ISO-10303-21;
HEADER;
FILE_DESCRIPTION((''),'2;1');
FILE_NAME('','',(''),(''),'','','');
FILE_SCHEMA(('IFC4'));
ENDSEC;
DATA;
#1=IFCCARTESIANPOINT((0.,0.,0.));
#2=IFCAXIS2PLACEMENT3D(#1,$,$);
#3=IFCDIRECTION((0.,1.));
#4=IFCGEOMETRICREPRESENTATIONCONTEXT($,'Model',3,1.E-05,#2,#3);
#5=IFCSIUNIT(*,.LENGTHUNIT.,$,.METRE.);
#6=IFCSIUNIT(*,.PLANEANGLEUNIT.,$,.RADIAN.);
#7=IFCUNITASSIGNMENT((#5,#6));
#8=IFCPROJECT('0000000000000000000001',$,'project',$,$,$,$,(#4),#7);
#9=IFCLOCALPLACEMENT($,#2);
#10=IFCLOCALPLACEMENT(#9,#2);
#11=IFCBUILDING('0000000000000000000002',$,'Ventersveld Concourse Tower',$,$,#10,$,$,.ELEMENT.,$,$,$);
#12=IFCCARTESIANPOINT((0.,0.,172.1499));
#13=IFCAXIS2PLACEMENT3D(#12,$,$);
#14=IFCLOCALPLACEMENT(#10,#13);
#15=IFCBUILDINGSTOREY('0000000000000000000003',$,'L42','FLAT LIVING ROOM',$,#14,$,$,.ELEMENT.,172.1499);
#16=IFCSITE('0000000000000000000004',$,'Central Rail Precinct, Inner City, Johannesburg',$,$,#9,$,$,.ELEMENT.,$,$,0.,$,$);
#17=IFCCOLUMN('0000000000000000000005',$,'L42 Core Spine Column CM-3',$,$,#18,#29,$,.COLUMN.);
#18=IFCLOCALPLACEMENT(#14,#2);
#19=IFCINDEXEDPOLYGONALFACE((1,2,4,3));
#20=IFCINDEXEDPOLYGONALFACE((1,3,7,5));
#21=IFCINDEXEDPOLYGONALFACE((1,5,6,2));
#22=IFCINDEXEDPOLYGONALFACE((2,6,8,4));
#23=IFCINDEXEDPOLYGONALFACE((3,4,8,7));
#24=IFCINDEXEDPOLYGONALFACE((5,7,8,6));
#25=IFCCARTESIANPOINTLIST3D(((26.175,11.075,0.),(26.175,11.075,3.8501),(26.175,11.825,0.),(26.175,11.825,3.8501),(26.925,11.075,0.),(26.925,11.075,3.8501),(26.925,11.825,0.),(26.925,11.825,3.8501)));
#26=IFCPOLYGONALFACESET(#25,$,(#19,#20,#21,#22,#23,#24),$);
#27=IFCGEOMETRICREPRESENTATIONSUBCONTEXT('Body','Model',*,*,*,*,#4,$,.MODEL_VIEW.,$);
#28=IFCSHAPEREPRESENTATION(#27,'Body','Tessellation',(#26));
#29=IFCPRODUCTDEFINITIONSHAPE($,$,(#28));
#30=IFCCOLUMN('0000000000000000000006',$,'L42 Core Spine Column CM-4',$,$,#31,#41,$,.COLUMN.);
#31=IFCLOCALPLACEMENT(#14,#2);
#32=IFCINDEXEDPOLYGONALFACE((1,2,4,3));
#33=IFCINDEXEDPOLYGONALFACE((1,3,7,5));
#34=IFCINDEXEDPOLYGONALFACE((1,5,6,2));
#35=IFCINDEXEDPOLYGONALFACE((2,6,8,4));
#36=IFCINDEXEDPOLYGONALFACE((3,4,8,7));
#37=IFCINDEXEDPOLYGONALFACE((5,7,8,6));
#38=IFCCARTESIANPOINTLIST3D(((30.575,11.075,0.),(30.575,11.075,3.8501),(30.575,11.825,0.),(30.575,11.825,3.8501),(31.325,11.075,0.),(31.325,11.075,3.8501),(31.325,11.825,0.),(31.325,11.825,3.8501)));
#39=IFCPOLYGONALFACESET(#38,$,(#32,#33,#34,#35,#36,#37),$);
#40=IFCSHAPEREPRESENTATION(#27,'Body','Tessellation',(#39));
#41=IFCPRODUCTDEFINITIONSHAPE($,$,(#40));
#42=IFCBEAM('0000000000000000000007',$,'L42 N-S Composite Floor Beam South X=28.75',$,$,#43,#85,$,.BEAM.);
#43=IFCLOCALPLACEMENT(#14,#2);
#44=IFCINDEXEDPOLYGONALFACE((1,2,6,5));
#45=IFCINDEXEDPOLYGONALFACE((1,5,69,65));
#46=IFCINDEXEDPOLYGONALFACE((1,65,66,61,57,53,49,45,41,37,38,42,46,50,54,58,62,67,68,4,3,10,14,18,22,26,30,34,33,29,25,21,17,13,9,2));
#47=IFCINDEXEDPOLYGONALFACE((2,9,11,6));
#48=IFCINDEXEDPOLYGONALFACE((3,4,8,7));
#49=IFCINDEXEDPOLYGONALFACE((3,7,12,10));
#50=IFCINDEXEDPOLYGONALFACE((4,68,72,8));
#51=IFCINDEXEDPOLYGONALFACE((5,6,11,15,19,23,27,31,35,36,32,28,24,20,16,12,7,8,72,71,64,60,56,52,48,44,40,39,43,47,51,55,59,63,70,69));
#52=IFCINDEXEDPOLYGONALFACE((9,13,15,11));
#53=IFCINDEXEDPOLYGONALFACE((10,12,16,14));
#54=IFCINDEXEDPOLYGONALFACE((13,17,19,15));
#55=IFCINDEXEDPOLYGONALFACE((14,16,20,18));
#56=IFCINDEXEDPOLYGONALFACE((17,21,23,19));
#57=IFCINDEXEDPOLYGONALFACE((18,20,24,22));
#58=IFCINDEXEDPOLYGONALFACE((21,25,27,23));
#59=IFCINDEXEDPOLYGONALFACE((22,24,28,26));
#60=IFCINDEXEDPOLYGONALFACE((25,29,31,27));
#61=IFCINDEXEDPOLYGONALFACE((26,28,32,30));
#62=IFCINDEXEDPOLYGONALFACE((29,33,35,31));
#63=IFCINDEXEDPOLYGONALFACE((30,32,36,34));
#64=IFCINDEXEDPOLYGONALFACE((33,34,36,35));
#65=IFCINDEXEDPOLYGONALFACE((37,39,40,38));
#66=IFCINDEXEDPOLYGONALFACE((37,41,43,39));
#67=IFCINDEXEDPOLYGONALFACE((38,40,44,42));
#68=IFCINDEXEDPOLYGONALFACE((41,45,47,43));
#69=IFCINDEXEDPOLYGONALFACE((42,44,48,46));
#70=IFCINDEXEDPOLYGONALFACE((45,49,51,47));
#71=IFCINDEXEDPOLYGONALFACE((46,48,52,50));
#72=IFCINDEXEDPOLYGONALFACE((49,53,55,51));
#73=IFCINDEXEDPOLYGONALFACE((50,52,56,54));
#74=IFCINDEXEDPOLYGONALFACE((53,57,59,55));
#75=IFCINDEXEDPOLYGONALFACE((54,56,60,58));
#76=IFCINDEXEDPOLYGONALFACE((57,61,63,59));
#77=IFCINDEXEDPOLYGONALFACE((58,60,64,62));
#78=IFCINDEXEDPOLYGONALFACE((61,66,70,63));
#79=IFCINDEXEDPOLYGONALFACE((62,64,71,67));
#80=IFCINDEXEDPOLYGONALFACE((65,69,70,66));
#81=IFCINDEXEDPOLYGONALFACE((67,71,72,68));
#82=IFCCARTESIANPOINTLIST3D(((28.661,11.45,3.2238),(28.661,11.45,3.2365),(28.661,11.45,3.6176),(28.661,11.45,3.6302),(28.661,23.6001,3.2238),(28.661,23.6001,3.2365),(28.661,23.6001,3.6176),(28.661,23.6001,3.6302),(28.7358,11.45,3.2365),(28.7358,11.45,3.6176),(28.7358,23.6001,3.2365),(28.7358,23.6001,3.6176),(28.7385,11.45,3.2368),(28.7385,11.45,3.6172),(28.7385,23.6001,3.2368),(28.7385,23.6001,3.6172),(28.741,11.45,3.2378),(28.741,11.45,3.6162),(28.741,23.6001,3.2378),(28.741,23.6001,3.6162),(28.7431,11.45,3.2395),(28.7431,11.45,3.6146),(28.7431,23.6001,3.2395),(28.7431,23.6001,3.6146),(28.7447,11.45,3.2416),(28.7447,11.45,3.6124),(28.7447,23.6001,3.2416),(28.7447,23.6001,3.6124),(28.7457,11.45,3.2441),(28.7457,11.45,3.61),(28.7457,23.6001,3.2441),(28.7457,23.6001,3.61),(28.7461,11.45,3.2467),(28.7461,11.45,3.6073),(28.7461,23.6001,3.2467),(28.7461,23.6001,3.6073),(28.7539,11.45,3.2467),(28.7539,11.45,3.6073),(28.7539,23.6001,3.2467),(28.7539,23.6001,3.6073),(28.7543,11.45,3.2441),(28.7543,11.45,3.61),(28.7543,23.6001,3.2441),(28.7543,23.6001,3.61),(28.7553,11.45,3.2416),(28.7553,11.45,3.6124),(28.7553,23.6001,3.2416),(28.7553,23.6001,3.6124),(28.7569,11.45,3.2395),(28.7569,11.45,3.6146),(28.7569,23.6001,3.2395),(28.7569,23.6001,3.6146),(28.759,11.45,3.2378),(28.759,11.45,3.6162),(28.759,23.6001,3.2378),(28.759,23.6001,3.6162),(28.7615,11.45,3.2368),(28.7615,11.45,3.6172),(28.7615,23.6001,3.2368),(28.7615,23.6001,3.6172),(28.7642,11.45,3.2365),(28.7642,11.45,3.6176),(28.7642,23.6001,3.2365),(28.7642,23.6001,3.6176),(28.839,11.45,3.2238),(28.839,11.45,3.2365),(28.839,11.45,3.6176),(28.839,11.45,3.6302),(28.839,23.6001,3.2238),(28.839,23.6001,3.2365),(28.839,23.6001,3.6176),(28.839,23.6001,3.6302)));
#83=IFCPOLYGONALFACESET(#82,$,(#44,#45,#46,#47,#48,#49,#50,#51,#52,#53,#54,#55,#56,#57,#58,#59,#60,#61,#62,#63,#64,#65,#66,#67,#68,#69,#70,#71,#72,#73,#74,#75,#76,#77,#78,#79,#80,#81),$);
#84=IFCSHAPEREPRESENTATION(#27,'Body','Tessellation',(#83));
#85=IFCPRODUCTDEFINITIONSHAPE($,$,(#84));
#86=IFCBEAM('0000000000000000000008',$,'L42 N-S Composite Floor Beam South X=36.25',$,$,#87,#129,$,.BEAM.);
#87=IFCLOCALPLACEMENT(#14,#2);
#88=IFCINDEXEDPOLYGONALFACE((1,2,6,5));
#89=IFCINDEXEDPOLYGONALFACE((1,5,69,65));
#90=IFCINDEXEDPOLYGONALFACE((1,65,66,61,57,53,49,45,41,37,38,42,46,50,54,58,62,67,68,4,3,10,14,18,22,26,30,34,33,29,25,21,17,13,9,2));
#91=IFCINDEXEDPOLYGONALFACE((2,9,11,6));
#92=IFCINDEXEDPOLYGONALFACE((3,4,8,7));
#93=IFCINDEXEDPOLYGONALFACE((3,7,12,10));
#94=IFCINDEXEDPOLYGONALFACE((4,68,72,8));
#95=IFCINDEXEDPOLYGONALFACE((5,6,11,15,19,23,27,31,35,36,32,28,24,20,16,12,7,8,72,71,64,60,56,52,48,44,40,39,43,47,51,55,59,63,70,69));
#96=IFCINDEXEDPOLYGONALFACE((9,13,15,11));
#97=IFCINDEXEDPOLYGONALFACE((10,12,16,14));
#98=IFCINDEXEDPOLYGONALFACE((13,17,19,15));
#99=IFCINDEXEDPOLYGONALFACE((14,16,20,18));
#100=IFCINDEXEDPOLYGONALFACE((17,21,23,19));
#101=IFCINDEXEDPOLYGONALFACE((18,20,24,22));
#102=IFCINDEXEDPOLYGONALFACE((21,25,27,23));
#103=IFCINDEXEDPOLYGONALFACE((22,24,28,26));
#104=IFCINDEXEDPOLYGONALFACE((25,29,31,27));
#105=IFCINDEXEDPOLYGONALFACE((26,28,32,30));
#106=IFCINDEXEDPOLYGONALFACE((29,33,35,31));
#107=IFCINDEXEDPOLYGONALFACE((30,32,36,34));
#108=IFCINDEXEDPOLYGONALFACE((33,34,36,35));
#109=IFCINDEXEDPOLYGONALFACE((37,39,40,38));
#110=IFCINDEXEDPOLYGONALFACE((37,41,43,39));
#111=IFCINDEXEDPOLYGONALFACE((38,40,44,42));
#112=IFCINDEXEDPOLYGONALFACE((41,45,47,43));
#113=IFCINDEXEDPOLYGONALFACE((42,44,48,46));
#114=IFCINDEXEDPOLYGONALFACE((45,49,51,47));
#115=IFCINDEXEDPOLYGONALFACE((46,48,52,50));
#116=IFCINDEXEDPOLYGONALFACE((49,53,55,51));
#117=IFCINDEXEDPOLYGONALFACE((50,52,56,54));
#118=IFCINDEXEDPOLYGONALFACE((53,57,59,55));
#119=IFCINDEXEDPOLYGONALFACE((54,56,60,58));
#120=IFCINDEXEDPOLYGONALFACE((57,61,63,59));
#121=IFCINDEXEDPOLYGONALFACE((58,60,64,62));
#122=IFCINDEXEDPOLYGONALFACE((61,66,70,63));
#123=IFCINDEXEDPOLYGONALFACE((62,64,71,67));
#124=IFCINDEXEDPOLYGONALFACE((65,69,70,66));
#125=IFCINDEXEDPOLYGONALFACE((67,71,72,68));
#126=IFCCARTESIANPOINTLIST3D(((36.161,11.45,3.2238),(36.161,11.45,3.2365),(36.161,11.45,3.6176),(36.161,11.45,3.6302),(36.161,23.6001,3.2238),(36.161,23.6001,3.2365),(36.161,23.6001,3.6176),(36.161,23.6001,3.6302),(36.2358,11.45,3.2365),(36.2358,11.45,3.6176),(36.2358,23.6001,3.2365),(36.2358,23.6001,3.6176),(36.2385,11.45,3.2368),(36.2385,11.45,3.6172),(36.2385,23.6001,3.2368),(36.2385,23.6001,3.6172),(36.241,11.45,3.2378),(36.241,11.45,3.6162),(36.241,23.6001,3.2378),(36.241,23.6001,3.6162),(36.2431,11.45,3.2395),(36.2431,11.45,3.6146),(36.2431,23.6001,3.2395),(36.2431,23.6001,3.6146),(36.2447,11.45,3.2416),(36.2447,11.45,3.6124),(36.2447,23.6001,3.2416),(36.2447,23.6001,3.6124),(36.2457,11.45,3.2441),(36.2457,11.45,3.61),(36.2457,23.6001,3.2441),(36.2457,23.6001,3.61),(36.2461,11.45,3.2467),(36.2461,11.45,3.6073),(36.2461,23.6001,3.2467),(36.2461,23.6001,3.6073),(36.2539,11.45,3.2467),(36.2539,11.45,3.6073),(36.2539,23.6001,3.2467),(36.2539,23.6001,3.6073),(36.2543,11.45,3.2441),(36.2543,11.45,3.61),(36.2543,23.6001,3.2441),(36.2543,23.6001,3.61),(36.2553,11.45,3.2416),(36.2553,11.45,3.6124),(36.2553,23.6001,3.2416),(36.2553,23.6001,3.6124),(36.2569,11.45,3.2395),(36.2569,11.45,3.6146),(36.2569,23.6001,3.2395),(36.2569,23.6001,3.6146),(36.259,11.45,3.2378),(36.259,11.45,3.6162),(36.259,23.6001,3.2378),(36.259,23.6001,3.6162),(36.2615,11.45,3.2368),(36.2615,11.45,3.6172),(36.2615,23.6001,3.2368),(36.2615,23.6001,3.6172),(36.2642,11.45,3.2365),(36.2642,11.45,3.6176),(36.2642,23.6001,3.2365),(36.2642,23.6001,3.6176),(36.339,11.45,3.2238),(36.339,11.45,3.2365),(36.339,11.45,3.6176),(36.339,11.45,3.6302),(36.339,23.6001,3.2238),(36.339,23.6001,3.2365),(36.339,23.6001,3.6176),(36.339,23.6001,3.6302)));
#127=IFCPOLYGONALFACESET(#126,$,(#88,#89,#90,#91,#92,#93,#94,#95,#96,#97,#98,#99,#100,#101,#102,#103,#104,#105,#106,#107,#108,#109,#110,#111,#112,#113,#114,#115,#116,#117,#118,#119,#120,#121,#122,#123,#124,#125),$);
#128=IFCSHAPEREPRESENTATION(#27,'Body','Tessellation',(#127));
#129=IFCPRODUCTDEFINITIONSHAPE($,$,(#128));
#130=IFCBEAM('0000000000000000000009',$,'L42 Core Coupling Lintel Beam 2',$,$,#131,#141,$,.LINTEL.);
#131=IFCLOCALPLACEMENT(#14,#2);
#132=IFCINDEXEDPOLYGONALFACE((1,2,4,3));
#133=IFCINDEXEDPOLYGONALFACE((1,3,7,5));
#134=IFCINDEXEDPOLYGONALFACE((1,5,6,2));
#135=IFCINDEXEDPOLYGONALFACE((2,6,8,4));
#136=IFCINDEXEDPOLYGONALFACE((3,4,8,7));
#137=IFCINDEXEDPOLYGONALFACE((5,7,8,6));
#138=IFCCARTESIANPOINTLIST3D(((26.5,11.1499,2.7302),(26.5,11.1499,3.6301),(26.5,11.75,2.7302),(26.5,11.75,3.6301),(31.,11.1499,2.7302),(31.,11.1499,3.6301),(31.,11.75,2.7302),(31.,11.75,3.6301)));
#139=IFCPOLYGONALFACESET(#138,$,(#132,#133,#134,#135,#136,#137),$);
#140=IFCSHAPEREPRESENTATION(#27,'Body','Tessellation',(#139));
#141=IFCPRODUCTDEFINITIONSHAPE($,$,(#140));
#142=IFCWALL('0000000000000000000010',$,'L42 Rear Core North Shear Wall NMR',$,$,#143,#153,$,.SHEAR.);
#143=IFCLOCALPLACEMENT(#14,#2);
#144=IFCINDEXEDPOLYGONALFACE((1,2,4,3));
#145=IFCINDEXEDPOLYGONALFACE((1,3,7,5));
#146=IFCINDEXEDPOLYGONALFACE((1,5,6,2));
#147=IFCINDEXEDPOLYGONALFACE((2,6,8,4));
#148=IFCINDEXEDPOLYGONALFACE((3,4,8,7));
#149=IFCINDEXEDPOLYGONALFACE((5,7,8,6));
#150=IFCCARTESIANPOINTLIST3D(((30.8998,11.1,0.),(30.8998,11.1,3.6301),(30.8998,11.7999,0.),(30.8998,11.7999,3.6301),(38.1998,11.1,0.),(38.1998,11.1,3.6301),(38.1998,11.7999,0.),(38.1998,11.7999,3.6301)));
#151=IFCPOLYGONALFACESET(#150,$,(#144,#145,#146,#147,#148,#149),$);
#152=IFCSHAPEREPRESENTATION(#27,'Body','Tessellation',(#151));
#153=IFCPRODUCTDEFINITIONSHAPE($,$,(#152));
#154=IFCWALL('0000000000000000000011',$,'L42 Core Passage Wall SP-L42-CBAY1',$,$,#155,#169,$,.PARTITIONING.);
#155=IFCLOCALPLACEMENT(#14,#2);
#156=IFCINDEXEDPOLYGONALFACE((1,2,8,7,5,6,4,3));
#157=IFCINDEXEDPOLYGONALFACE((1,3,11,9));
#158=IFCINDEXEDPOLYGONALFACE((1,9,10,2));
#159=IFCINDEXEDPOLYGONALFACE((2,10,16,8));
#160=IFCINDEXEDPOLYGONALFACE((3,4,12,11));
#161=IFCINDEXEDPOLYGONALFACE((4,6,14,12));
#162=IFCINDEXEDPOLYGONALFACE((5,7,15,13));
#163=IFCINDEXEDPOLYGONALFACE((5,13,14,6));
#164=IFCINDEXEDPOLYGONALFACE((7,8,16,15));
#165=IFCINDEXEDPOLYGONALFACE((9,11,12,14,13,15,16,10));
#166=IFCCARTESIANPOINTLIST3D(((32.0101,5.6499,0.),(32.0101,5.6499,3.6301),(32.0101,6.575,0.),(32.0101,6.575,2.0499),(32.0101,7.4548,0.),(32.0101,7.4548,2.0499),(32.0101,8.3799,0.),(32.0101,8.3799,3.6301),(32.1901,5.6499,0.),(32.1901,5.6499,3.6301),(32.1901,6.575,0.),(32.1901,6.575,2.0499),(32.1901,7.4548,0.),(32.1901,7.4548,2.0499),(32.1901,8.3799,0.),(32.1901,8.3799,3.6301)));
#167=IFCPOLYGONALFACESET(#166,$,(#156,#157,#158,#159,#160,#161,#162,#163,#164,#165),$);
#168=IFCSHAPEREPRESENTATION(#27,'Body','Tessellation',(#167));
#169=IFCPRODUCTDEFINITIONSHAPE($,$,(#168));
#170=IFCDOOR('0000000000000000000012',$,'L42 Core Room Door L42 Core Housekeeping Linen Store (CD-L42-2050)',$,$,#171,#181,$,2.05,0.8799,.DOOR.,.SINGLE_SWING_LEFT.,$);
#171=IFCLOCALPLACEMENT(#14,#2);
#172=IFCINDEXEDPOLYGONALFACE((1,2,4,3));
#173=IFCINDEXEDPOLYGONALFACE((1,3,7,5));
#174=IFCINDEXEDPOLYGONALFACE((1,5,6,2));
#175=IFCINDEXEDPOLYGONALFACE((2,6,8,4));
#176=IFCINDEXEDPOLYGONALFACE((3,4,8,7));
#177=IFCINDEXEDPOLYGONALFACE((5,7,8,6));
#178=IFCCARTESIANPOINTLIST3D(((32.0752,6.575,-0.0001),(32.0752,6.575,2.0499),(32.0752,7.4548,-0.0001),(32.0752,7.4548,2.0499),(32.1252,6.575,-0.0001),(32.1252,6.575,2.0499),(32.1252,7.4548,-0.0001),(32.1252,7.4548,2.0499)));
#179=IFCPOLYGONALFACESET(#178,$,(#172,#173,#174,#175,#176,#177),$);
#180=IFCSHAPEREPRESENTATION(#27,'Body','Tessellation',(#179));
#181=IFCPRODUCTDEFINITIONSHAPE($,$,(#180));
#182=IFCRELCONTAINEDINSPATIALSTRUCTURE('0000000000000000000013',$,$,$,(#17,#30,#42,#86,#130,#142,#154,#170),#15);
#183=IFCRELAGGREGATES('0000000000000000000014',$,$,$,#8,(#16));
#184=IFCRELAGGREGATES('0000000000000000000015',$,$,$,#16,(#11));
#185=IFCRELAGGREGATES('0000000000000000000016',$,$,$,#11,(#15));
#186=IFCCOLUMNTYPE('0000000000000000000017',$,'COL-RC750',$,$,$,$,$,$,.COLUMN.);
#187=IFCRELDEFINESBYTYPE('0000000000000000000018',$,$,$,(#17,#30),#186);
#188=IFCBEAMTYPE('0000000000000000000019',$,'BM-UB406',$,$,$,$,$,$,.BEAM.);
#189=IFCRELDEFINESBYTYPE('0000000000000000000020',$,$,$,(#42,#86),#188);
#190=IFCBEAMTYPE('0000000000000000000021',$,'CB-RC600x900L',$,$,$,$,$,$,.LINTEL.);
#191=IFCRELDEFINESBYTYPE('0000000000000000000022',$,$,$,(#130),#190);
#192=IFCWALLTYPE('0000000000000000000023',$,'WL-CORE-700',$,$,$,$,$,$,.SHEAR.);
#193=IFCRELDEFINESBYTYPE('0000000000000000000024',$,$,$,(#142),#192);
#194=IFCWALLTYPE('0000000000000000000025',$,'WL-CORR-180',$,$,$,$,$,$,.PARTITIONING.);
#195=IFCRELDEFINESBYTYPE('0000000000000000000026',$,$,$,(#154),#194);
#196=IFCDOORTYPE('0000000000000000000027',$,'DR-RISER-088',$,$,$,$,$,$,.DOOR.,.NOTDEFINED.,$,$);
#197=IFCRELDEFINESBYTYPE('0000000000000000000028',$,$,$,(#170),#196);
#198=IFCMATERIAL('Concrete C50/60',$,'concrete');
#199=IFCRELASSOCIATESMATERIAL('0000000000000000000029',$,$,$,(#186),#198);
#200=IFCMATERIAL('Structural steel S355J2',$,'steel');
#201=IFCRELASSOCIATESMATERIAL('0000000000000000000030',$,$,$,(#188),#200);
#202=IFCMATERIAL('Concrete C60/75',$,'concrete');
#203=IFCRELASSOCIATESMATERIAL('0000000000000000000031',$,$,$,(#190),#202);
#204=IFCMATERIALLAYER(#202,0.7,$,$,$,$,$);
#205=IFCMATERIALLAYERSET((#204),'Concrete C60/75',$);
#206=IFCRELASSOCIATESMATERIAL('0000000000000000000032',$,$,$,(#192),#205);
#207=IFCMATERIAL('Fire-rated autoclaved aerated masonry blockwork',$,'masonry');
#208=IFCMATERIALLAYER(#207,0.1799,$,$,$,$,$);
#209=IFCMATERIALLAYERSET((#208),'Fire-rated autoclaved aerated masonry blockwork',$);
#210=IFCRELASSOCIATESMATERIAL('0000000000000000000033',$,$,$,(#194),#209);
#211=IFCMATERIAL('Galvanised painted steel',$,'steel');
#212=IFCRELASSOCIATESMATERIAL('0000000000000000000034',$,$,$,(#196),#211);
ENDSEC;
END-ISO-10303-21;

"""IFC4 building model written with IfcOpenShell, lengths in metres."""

from ifc_helpers import new_model, si_unit, direction, frame, frame_2d, origin, origin_2d, place, context, subcontext, project, spatial, rectangle, i_section, extrude, material, layer, layer_set, material_profile, profile_set, type_object, element, fill, save


model = new_model("IFC4")

# Units and contexts
model_context = context("Model", 3, precision=1e-05, world=origin(), true_north=direction((0.0, 1.0)))
body_context = subcontext(model_context, "Body", "Model", "MODEL_VIEW")
ifc_project = project(units=[si_unit("LENGTHUNIT", "METRE"), si_unit("PLANEANGLEUNIT", "RADIAN")], contexts=[model_context])

# Site, building, storey
site_placement = place(None, origin())
site = spatial("IfcSite", under=ifc_project, at=site_placement, Name="Central Rail Precinct, Inner City, Johannesburg", CompositionType="ELEMENT", RefElevation=0.0)
building_placement = place(site_placement, origin())
building = spatial("IfcBuilding", under=site, at=building_placement, Name="Ventersveld Concourse Tower", CompositionType="ELEMENT")
storey_placement = place(building_placement, frame((0.0, 0.0, 172.1499)))
storey = spatial("IfcBuildingStorey", under=building, at=storey_placement, Name="L42", Description="FLAT LIVING ROOM", CompositionType="ELEMENT", Elevation=172.1499)

# Columns
ifc_material_1 = material(Name="Concrete C50/60", Category="concrete")
ifc_material_profile_1 = material_profile(ifc_material_1, rectangle(XDim=0.75, YDim=0.75, at=origin_2d()), Name="RC 750x750")
ifc_profile_set_1 = profile_set([ifc_material_profile_1], Name="Concrete C50/60")
column_type = type_object("IfcColumnType", Name="COL-RC750", PredefinedType="COLUMN", material=ifc_profile_set_1)
for number, where, z_axis, x_axis, name in (
    (1, (26.55, 11.45, 0.0), (0.0, 0.0, 1.0), (1.0, 0.0, 0.0), "L42 Core Spine Column CM-3"),
    (2, (30.95, 11.45, 0.0), (0.0, 0.0, 1.0), (1.0, 0.0, 0.0), "L42 Core Spine Column CM-4"),
):
    element("IfcColumn", number, at=place(storey_placement, frame(where, z_axis=z_axis, x_axis=x_axis)), inside=storey, type_object=column_type, Name=name, PredefinedType="COLUMN", context=body_context, shape_type="SweptSolid", body=[
        extrude(rectangle(XDim=0.75, YDim=0.75, at=origin_2d()), origin(), (0.0, 0.0, 1.0), 3.8501),
    ])

# Beams
ifc_material_2 = material(Name="Structural steel S355J2", Category="steel")
ifc_material_profile_2 = material_profile(ifc_material_2, i_section(OverallWidth=0.178, OverallDepth=0.4065, WebThickness=0.0078, FlangeThickness=0.0127, FilletRadius=0.0103, at=origin_2d()), Name="UB 406x178x60")
ifc_profile_set_2 = profile_set([ifc_material_profile_2], Name="Structural steel S355J2")
beam_type_1 = type_object("IfcBeamType", Name="BM-UB406", PredefinedType="BEAM", material=ifc_profile_set_2)
for number, where, z_axis, x_axis, name in (
    (3, (28.75, 11.45, 3.427), (0.0, 1.0, 0.0), (-1.0, 0.0, 0.0), "L42 N-S Composite Floor Beam South X=28.75"),
    (4, (36.25, 11.45, 3.427), (0.0, 1.0, 0.0), (-1.0, 0.0, 0.0), "L42 N-S Composite Floor Beam South X=36.25"),
):
    element("IfcBeam", number, at=place(storey_placement, frame(where, z_axis=z_axis, x_axis=x_axis)), inside=storey, type_object=beam_type_1, Name=name, PredefinedType="BEAM", context=body_context, shape_type="SweptSolid", body=[
        extrude(i_section(OverallWidth=0.178, OverallDepth=0.4065, WebThickness=0.0078, FlangeThickness=0.0127, FilletRadius=0.0103, at=origin_2d()), origin(), (0.0, 0.0, 1.0), 12.1501),
    ])
ifc_material_3 = material(Name="Concrete C60/75", Category="concrete")
ifc_material_profile_3 = material_profile(ifc_material_3, rectangle(XDim=0.6001, YDim=0.8999, at=origin_2d()), Name="RC 600x900")
ifc_profile_set_3 = profile_set([ifc_material_profile_3], Name="Concrete C60/75")
beam_type_2 = type_object("IfcBeamType", Name="CB-RC600x900L", PredefinedType="LINTEL", material=ifc_profile_set_3)
beam_placement = place(storey_placement, frame((26.5, 11.45, 3.1802), z_axis=(1.0, 0.0, 0.0), x_axis=(0.0, 1.0, 0.0)))
element("IfcBeam", 5, at=beam_placement, inside=storey, type_object=beam_type_2, Name="L42 Core Coupling Lintel Beam 2", PredefinedType="LINTEL", context=body_context, shape_type="SweptSolid", body=[
    extrude(rectangle(XDim=0.6001, YDim=0.8999, at=origin_2d()), origin(), (0.0, 0.0, 1.0), 4.5),
])

# Wall
ifc_layer_1 = layer(ifc_material_3, 0.7)
ifc_layer_set_1 = layer_set([ifc_layer_1], Name="Concrete C60/75")
wall_type_1 = type_object("IfcWallType", Name="WL-CORE-700", PredefinedType="SHEAR", material=ifc_layer_set_1)
wall_1_placement = place(storey_placement, frame((30.8999, 11.45, 0.0), z_axis=(0.0, 0.0, 1.0), x_axis=(1.0, 0.0, 0.0)))
element("IfcWall", 6, at=wall_1_placement, inside=storey, type_object=wall_type_1, Name="L42 Rear Core North Shear Wall NMR", PredefinedType="SHEAR", context=body_context, shape_type="SweptSolid", body=[
    extrude(rectangle(XDim=7.3, YDim=0.7, at=frame_2d((3.6499, 0.0))), origin(), (0.0, 0.0, 1.0), 3.6301),
])

# Wall, opening, door
ifc_material_4 = material(Name="Fire-rated autoclaved aerated masonry blockwork", Category="masonry")
ifc_layer_2 = layer(ifc_material_4, 0.1799)
ifc_layer_set_2 = layer_set([ifc_layer_2], Name="Fire-rated autoclaved aerated masonry blockwork")
wall_type_2 = type_object("IfcWallType", Name="WL-CORR-180", PredefinedType="PARTITIONING", material=ifc_layer_set_2)
wall_2_placement = place(storey_placement, frame((32.1001, 5.6499, 0.0), z_axis=(0.0, 0.0, 1.0), x_axis=(0.0, 1.0, 0.0)))
wall_2 = element("IfcWall", 7, at=wall_2_placement, inside=storey, type_object=wall_type_2, Name="L42 Core Passage Wall SP-L42-CBAY1", PredefinedType="PARTITIONING", context=body_context, shape_type="SweptSolid", body=[
    extrude(rectangle(XDim=2.73, YDim=0.1799, at=frame_2d((1.365, 0.0))), origin(), (0.0, 0.0, 1.0), 3.6301),
])
opening_1_placement = place(wall_2_placement, frame((0.925, 0.0, 0.0)))
opening_1 = element("IfcOpeningElement", 8, at=opening_1_placement, cuts=wall_2, PredefinedType="OPENING", context=body_context, shape_type="SweptSolid", body=[
    extrude(rectangle(XDim=0.8799, YDim=2.05, at=frame_2d((0.4399, 1.0249))), frame((0.0, 0.1001, 0.0), z_axis=(0.0, -1.0, 0.0), x_axis=(1.0, 0.0, 0.0)), (0.0, 0.0, 1.0), 0.2),
])
ifc_material_5 = material(Name="Galvanised painted steel", Category="steel")
door_type_1 = type_object("IfcDoorType", Name="DR-RISER-088", OperationType="NOTDEFINED", PredefinedType="DOOR", material=ifc_material_5)
door_1_placement = place(opening_1_placement, origin())
door_1 = element("IfcDoor", 9, at=door_1_placement, inside=storey, type_object=door_type_1, Name="L42 Core Room Door L42 Core Housekeeping Linen Store (CD-L42-2050)", OperationType="SINGLE_SWING_LEFT", OverallHeight=2.05, OverallWidth=0.8799, PredefinedType="DOOR", context=body_context, shape_type="SweptSolid", body=[
    extrude(rectangle(XDim=0.8799, YDim=2.05, at=frame_2d((0.4399, 1.0249))), frame((0.0, 0.0249, 0.0), z_axis=(0.0, -1.0, 0.0), x_axis=(1.0, 0.0, 0.0)), (0.0, 0.0, 1.0), 0.05),
])
fill(opening_1, door_1)

save(model, "model.ifc")
